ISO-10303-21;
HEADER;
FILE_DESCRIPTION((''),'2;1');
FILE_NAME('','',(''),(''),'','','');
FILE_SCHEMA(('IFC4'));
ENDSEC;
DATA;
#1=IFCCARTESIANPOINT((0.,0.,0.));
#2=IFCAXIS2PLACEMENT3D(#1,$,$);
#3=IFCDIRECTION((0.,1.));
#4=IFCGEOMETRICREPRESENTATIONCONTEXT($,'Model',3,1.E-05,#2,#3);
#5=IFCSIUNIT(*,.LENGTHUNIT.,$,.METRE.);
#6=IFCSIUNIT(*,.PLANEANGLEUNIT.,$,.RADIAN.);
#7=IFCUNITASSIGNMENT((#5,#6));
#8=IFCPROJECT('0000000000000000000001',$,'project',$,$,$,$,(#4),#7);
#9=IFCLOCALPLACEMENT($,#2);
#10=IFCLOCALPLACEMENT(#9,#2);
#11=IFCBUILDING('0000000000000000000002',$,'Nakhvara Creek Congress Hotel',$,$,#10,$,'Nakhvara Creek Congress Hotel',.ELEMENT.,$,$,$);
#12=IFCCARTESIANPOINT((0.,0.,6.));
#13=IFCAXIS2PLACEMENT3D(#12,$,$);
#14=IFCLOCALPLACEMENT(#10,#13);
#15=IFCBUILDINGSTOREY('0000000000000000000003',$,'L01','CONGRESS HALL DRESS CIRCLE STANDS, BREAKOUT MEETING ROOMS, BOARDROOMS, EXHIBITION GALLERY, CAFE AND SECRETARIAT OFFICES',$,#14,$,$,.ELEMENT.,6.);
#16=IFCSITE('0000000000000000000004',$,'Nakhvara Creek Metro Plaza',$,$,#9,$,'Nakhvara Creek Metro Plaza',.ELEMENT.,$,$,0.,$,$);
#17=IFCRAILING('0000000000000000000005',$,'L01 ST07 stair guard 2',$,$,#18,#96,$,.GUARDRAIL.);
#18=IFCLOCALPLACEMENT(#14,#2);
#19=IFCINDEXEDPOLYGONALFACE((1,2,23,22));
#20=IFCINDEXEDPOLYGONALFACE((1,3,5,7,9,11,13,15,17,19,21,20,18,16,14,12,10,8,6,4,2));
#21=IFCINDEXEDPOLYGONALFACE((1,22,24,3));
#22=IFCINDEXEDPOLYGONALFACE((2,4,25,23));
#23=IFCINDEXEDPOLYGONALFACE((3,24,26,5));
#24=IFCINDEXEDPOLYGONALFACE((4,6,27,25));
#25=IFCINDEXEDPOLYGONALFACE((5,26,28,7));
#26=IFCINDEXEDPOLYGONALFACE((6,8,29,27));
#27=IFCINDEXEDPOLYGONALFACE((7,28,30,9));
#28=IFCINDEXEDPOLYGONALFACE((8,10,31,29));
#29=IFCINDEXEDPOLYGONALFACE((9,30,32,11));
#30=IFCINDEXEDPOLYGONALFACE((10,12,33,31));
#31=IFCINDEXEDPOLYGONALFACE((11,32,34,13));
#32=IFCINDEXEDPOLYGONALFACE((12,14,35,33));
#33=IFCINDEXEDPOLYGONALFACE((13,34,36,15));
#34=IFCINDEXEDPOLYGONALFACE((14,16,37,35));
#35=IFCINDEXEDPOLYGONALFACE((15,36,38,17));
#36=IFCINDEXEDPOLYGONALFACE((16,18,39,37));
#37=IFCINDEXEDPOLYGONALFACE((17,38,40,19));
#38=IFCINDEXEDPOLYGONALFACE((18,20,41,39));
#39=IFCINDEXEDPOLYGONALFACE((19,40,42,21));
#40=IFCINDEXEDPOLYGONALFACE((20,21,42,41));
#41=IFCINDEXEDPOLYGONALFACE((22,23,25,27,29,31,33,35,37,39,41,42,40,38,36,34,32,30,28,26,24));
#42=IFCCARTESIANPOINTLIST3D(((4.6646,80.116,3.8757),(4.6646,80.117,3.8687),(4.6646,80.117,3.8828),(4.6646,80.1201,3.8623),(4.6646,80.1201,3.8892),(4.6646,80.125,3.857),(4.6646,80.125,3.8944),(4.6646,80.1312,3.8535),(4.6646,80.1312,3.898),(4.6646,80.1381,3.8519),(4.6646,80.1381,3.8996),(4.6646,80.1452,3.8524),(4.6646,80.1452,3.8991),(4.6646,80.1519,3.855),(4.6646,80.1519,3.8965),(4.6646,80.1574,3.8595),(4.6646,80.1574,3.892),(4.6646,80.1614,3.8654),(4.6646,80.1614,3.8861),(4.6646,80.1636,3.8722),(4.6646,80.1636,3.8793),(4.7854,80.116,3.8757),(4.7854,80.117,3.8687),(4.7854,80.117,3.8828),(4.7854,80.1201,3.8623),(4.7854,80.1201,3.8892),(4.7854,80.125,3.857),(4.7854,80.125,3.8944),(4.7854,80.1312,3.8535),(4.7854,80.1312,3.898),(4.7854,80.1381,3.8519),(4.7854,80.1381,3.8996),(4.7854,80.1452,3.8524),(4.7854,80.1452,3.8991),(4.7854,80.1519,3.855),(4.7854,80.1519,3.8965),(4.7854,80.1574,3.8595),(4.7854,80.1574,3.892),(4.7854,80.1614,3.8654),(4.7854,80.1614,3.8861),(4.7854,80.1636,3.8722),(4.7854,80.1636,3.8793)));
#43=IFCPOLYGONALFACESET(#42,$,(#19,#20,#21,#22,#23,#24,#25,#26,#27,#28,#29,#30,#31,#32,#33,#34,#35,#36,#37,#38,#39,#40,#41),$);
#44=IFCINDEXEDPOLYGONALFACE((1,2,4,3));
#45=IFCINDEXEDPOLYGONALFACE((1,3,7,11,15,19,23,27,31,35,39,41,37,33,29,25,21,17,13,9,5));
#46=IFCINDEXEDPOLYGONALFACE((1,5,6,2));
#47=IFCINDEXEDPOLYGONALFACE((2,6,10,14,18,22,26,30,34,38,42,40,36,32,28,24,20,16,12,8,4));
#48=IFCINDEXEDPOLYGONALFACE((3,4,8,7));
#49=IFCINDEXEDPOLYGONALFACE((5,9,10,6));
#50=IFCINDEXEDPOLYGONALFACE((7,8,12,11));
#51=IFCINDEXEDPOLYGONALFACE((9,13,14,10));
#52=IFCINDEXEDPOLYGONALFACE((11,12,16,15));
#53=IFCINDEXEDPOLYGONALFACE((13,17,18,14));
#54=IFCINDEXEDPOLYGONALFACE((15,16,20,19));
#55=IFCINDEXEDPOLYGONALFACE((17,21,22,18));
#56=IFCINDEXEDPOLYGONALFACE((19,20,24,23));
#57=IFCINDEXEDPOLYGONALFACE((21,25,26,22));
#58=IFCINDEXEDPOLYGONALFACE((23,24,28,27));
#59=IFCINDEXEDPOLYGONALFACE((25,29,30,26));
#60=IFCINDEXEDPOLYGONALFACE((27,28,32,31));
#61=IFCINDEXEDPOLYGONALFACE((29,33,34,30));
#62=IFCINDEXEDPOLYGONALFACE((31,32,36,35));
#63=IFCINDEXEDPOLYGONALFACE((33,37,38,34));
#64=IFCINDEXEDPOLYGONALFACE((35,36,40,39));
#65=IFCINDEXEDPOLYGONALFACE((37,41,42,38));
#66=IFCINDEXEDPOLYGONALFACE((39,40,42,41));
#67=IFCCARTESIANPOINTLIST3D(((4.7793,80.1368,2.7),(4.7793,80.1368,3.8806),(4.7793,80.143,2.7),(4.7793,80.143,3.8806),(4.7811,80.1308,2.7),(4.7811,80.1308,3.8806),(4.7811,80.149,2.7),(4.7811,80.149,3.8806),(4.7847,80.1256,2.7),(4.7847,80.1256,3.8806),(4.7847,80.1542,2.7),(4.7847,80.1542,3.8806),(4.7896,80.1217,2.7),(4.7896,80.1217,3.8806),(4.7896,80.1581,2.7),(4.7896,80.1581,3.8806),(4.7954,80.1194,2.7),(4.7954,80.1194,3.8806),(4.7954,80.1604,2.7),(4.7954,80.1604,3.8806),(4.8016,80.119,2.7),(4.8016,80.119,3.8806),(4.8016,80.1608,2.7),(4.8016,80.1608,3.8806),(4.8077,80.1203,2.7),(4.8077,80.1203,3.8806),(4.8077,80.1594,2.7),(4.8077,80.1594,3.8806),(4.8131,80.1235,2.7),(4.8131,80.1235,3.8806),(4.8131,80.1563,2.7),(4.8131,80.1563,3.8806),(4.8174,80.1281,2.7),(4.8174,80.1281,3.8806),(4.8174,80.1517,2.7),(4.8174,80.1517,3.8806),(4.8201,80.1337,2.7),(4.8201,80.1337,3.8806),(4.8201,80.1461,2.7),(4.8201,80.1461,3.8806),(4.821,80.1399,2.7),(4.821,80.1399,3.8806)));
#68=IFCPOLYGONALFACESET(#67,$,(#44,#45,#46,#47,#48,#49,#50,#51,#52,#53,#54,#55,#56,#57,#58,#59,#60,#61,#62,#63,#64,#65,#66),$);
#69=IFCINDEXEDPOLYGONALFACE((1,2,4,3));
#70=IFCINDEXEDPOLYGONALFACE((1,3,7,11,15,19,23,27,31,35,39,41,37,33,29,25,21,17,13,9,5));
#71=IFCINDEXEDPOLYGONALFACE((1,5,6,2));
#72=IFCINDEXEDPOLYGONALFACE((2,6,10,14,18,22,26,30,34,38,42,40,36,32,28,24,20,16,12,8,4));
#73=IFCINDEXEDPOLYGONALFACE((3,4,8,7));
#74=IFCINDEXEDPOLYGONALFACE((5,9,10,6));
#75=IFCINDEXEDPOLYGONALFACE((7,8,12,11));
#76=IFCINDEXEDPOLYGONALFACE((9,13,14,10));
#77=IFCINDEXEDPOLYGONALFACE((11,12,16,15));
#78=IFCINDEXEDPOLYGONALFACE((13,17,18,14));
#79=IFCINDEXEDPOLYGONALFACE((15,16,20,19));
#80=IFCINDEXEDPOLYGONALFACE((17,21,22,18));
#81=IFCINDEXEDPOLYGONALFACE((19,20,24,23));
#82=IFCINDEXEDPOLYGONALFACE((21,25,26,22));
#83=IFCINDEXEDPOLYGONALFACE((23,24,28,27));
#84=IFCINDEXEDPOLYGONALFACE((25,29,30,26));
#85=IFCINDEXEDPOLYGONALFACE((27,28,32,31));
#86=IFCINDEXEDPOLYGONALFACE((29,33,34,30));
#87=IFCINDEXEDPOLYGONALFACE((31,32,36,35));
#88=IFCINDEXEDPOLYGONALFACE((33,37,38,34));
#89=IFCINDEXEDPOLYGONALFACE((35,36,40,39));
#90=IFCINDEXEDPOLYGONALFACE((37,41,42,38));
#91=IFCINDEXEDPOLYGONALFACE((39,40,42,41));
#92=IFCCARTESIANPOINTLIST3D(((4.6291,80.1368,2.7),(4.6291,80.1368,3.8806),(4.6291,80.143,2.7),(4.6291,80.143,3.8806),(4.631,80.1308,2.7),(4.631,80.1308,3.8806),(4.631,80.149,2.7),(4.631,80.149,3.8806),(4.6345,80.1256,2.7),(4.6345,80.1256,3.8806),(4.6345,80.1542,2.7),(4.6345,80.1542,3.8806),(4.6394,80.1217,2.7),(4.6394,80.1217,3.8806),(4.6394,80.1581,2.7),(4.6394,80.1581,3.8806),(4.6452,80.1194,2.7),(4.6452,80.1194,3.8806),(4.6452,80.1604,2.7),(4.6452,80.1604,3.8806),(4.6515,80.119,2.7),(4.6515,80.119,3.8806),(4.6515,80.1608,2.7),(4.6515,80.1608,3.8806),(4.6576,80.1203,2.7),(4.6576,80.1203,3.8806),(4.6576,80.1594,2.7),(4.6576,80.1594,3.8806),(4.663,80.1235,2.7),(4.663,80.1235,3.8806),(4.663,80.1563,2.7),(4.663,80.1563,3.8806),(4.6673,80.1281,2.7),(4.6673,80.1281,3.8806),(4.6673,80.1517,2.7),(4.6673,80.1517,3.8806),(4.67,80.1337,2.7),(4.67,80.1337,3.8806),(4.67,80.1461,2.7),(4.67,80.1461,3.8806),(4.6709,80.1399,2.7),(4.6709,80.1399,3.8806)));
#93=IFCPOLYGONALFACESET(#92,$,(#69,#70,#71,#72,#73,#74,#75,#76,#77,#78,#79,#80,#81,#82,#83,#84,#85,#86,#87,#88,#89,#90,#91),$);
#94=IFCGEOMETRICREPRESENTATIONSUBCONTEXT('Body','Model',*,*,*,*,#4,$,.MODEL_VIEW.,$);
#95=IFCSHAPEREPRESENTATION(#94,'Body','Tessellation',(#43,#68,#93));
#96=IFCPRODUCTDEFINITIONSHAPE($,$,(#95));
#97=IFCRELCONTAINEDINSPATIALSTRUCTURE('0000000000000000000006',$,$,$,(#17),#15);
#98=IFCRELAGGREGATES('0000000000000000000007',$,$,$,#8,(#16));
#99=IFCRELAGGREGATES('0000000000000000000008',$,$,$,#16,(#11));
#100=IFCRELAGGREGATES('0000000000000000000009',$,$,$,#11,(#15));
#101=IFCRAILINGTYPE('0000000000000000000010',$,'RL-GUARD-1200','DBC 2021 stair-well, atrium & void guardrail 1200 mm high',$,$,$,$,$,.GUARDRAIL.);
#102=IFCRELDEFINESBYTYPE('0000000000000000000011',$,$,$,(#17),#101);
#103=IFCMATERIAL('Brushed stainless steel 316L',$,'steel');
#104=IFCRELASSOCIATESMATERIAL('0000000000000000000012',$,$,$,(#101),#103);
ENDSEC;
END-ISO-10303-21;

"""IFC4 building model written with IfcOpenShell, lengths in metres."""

from ifc_helpers import new_model, si_unit, direction, frame, origin, origin_2d, place, context, subcontext, project, spatial, circle, extrude, material, type_object, element, save


model = new_model("IFC4")

# Units and contexts
model_context = context("Model", 3, precision=1e-05, world=origin(), true_north=direction((0.0, 1.0)))
body_context = subcontext(model_context, "Body", "Model", "MODEL_VIEW")
ifc_project = project(units=[si_unit("LENGTHUNIT", "METRE"), si_unit("PLANEANGLEUNIT", "RADIAN")], contexts=[model_context])

# Site, building, storey
site_placement = place(None, origin())
site = spatial("IfcSite", under=ifc_project, at=site_placement, Name="Nakhvara Creek Metro Plaza", LongName="Nakhvara Creek Metro Plaza", CompositionType="ELEMENT", RefElevation=0.0)
building_placement = place(site_placement, origin())
building = spatial("IfcBuilding", under=site, at=building_placement, Name="Nakhvara Creek Congress Hotel", LongName="Nakhvara Creek Congress Hotel", CompositionType="ELEMENT")
storey_placement = place(building_placement, frame((0.0, 0.0, 6.0)))
storey = spatial("IfcBuildingStorey", under=building, at=storey_placement, Name="L01", Description="CONGRESS HALL DRESS CIRCLE STANDS, BREAKOUT MEETING ROOMS, BOARDROOMS, EXHIBITION GALLERY, CAFE AND SECRETARIAT OFFICES", CompositionType="ELEMENT", Elevation=6.0)

# Railing
ifc_material_1 = material(Name="Brushed stainless steel 316L", Category="steel")
railing_type_1 = type_object("IfcRailingType", Name="RL-GUARD-1200", Description="DBC 2021 stair-well, atrium & void guardrail 1200 mm high", PredefinedType="GUARDRAIL", material=ifc_material_1)
railing_1_placement = place(storey_placement, frame((4.8, 80.1399, 2.7)))
element("IfcRailing", 1, at=railing_1_placement, inside=storey, type_object=railing_type_1, Name="L01 ST07 stair guard 2", PredefinedType="GUARDRAIL", context=body_context, shape_type="SweptSolid", body=[
    extrude(circle(Radius=0.0239, at=origin_2d()), frame((-0.0146, 0.0, 1.1758), z_axis=(-1.0, 0.0, 0.0), x_axis=(0.0, -1.0, 0.0)), (0.0, 0.0, 1.0), 0.1208),
    extrude(circle(Radius=0.021, at=origin_2d()), origin(), (0.0, 0.0, 1.0), 1.1807),
    extrude(circle(Radius=0.021, at=origin_2d()), frame((-0.1501, 0.0, 0.0)), (0.0, 0.0, 1.0), 1.1807),
])

save(model, "model.ifc")
